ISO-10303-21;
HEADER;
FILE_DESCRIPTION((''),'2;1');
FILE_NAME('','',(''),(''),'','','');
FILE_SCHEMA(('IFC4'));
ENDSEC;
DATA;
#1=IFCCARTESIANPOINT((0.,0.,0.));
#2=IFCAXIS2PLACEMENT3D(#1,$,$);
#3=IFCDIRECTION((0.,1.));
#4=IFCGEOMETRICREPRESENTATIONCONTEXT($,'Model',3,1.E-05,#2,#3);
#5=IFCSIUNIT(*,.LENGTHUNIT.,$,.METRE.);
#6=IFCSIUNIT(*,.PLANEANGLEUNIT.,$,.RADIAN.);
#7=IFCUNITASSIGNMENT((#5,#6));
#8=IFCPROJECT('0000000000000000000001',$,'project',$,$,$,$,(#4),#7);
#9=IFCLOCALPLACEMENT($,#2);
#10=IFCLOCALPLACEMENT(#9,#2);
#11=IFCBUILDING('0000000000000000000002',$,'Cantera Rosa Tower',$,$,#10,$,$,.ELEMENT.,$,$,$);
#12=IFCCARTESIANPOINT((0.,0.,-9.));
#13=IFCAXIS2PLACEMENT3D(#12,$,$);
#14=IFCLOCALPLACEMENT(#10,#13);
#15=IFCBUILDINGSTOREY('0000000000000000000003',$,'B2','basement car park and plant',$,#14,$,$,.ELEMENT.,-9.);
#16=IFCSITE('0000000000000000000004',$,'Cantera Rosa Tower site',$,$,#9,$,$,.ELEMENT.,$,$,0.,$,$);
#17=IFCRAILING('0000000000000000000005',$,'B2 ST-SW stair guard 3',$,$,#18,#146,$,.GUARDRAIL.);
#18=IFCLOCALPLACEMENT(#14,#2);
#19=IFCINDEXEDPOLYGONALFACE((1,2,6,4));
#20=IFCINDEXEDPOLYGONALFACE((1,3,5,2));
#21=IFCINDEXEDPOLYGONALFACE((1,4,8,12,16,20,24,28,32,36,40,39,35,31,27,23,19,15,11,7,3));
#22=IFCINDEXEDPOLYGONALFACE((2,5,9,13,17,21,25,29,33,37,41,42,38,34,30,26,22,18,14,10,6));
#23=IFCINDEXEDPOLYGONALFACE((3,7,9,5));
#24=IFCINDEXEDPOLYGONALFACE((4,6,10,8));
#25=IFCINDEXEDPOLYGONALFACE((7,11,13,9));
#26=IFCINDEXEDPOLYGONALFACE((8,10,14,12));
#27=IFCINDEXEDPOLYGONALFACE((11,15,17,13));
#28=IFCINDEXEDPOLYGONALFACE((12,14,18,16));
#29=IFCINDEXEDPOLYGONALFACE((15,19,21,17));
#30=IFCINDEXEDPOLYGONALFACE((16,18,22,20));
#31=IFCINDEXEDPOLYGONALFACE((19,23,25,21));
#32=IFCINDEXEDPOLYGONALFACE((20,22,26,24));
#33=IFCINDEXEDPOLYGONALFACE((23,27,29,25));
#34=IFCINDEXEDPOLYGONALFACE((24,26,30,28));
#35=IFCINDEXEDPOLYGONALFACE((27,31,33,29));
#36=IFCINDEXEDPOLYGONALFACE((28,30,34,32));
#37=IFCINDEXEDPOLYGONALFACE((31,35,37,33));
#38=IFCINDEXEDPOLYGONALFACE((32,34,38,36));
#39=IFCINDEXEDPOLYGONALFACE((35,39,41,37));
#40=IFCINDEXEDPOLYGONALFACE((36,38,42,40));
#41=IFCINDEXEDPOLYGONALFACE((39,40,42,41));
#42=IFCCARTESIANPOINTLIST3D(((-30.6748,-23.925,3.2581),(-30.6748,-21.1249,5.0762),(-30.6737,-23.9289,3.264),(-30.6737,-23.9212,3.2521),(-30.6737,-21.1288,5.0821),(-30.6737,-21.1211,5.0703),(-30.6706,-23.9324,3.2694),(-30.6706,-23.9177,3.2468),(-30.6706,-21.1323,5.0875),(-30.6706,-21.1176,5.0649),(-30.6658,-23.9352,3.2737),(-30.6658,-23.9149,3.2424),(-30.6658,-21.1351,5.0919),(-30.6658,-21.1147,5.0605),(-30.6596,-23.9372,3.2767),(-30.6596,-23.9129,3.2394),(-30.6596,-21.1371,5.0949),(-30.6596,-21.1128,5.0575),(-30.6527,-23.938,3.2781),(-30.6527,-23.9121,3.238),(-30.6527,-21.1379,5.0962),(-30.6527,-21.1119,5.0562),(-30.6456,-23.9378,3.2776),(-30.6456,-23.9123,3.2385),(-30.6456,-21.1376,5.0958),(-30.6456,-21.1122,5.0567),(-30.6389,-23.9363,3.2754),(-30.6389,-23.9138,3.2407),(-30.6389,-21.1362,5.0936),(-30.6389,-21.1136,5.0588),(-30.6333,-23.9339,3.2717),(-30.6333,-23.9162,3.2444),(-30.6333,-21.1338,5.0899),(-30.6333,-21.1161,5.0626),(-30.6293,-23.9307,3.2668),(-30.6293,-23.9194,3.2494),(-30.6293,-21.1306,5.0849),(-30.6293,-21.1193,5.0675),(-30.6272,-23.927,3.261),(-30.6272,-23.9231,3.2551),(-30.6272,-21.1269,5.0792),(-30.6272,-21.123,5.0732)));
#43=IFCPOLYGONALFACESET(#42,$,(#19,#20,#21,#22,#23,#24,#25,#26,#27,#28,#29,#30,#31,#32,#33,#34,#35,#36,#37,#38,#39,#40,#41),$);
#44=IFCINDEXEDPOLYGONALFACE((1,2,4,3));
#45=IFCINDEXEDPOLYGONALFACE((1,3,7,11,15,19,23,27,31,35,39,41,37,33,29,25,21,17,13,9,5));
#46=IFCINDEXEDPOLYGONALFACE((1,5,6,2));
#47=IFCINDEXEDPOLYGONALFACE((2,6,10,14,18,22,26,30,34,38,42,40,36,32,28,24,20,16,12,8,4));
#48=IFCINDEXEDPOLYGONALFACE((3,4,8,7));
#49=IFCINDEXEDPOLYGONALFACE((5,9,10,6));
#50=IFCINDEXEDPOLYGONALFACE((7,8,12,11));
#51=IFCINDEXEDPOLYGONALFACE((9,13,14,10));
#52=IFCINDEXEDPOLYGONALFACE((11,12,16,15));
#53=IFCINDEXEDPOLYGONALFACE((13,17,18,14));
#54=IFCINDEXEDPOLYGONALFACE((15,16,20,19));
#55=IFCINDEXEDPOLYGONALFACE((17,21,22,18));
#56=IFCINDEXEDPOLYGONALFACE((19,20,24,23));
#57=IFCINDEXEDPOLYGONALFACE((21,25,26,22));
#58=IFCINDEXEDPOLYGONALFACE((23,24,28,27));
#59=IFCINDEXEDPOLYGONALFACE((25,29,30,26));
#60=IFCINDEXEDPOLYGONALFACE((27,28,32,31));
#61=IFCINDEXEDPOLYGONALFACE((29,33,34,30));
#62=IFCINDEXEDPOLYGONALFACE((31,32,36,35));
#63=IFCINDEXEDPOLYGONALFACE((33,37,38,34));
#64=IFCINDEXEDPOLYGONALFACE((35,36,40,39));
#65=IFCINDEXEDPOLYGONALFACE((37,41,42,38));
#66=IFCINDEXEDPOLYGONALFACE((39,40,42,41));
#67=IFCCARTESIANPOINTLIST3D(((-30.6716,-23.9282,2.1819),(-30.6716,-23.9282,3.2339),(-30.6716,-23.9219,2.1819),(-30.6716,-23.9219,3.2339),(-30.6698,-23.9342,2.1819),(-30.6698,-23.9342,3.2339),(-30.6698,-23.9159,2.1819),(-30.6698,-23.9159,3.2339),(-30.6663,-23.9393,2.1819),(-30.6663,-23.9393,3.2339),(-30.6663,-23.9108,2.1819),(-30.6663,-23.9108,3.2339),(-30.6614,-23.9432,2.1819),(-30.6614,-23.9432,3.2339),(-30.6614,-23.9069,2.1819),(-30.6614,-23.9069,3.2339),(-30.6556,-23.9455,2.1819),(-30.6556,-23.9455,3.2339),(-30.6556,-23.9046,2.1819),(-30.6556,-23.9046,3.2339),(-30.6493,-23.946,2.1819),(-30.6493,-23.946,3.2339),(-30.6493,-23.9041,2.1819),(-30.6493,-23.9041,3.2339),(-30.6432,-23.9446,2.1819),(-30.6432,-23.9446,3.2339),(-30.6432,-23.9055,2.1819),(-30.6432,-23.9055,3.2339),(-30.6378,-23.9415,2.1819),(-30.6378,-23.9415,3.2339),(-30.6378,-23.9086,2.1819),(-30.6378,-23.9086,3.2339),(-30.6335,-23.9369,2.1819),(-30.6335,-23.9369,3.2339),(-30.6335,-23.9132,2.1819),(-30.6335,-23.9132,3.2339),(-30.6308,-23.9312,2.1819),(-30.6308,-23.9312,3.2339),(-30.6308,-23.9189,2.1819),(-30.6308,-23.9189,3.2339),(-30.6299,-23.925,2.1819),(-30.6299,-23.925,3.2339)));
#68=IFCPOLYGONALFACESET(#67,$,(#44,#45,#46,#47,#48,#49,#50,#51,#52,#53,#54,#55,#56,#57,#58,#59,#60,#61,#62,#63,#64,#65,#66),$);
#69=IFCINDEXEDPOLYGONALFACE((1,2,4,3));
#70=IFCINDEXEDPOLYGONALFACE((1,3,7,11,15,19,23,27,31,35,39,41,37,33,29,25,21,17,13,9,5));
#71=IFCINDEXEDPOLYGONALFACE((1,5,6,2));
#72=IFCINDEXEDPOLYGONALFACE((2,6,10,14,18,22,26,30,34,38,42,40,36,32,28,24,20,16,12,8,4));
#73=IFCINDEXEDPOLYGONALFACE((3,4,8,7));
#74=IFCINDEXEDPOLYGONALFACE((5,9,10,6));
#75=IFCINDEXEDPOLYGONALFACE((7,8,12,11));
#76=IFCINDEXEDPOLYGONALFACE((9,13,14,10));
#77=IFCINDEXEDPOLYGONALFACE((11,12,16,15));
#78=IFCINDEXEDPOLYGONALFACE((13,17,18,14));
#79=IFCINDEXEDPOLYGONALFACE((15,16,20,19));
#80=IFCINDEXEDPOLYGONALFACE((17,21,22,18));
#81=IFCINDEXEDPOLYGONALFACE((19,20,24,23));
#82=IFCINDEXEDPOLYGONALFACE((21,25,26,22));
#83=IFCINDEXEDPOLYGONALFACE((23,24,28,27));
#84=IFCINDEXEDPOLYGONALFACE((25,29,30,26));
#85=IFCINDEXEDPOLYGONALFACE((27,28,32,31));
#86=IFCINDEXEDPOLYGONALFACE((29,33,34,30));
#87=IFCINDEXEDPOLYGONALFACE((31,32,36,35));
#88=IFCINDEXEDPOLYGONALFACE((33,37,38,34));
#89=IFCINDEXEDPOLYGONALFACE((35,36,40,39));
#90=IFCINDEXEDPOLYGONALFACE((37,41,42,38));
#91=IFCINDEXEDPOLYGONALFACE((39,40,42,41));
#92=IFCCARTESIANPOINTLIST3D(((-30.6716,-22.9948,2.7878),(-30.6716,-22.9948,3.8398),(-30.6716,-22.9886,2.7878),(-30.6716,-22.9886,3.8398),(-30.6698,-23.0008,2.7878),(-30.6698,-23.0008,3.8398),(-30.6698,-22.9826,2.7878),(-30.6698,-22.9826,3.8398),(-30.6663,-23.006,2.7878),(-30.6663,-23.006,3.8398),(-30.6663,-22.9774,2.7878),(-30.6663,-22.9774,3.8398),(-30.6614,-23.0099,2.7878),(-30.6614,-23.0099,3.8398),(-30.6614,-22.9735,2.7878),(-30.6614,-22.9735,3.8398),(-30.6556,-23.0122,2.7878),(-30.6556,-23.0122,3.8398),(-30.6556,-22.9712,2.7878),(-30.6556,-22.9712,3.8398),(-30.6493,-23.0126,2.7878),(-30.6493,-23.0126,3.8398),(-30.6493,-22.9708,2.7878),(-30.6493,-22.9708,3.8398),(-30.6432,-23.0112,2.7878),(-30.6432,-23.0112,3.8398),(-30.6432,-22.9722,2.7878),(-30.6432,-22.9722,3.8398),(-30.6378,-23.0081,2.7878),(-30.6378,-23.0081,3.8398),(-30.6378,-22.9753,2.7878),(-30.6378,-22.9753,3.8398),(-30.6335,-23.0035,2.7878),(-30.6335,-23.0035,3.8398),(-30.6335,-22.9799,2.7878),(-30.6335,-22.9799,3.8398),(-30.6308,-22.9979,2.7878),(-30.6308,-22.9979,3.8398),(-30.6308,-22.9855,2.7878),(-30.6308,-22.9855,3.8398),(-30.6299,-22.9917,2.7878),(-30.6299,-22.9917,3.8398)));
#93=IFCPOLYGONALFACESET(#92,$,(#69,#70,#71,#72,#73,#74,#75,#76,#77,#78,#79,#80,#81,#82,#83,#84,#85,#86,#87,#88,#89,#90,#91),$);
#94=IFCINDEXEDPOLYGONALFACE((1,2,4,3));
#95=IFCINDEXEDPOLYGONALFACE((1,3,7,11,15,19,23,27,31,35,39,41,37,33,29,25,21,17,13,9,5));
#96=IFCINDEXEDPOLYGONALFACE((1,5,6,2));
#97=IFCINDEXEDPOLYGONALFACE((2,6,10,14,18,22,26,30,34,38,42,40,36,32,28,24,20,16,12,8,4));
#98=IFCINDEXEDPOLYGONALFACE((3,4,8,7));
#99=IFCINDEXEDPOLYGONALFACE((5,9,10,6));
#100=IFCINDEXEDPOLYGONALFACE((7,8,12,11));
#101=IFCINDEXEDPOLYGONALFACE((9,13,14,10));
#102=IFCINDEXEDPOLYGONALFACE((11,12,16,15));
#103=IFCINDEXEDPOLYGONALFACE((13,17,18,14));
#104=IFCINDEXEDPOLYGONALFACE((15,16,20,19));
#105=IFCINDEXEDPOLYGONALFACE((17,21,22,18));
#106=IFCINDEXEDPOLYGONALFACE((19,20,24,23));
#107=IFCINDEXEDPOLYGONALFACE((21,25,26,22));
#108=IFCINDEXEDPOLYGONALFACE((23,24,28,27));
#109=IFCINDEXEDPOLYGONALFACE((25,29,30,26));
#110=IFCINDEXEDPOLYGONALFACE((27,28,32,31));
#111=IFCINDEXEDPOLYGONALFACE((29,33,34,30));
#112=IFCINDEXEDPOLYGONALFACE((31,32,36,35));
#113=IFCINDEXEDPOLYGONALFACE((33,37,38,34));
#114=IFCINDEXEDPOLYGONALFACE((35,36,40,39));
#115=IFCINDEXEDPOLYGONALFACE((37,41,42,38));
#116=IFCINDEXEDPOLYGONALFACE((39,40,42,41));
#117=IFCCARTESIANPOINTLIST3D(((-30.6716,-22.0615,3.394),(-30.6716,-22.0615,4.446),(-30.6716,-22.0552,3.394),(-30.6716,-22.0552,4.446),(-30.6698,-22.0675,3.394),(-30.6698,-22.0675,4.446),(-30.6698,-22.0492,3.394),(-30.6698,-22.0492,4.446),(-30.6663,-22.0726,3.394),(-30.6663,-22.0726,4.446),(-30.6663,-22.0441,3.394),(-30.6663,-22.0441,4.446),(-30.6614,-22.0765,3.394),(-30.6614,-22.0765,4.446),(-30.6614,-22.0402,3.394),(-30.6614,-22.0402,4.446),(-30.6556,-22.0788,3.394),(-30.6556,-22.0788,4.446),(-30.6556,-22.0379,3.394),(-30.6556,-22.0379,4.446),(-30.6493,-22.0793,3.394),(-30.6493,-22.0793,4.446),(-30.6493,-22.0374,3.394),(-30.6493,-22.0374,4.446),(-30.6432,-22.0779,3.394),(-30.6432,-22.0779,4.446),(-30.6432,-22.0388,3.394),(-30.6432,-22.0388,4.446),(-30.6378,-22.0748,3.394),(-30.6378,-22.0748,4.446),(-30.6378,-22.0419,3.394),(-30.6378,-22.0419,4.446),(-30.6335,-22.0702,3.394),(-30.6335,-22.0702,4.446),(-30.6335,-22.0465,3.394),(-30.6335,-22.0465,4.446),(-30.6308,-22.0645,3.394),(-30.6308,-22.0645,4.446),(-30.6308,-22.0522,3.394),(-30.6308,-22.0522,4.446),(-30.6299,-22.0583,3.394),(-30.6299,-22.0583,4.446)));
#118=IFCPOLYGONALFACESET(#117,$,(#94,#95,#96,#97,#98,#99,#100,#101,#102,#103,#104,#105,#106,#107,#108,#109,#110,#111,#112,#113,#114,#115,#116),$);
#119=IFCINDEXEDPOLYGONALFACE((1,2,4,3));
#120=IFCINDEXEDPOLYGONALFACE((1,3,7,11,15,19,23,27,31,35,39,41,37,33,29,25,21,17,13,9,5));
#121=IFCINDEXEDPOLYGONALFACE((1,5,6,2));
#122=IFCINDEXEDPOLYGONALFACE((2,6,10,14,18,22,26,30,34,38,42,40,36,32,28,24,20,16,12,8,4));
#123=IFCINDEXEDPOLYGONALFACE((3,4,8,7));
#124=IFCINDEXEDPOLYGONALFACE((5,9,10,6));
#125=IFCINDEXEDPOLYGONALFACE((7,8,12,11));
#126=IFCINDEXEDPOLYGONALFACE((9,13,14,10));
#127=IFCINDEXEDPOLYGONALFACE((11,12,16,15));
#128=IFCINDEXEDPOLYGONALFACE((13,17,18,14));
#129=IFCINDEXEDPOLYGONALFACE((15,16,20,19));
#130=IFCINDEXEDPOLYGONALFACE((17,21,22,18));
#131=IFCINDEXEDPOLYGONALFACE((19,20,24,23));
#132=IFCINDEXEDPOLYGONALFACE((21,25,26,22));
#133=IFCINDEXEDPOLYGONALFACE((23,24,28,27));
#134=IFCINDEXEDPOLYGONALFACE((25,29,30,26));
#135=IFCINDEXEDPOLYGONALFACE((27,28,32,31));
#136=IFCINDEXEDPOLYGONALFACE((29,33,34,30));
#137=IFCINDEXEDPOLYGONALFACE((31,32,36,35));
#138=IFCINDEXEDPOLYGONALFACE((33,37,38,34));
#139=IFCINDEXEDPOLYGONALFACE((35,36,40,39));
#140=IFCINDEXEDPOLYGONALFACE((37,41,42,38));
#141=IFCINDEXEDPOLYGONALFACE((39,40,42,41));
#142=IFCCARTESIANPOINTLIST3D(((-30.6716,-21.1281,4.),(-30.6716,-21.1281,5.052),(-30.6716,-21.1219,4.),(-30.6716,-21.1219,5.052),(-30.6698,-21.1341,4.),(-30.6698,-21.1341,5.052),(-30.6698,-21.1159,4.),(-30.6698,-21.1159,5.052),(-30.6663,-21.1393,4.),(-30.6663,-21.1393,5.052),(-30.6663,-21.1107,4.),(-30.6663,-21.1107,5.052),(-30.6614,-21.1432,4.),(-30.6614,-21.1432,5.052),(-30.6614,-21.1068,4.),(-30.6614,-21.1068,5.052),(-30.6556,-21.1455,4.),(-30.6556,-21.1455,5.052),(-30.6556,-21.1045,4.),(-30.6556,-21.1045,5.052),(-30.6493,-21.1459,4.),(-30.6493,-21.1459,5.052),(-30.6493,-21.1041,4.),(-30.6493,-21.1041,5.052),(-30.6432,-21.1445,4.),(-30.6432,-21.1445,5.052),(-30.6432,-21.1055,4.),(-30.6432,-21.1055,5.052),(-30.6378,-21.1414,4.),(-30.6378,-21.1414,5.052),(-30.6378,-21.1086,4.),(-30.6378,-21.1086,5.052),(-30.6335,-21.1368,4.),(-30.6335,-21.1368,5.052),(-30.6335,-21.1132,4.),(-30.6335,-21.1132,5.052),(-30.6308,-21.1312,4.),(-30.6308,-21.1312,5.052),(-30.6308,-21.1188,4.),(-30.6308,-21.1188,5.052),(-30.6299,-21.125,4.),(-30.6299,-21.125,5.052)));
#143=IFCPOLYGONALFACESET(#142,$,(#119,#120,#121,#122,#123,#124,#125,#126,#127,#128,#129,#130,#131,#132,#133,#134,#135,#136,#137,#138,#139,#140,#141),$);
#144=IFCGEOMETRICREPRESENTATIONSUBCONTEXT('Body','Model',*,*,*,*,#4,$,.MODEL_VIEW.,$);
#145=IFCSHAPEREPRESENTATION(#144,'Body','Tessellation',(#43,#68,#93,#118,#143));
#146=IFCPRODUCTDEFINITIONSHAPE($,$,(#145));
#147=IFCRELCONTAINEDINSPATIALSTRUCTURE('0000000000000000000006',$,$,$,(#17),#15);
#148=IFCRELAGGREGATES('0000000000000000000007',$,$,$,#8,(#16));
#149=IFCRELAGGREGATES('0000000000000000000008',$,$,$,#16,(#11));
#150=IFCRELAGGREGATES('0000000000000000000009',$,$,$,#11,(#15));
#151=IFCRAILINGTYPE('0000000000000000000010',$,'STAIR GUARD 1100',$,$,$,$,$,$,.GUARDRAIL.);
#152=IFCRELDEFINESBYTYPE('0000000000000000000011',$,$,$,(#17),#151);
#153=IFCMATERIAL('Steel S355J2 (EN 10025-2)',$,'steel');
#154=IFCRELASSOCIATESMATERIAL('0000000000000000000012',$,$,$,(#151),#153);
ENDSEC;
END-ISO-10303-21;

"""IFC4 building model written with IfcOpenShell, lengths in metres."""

from ifc_helpers import new_model, si_unit, direction, frame, origin, origin_2d, place, context, subcontext, project, spatial, circle, extrude, material, type_object, element, save


model = new_model("IFC4")

# Units and contexts
model_context = context("Model", 3, precision=1e-05, world=origin(), true_north=direction((0.0, 1.0)))
body_context = subcontext(model_context, "Body", "Model", "MODEL_VIEW")
ifc_project = project(units=[si_unit("LENGTHUNIT", "METRE"), si_unit("PLANEANGLEUNIT", "RADIAN")], contexts=[model_context])

# Site, building, storey
site_placement = place(None, origin())
site = spatial("IfcSite", under=ifc_project, at=site_placement, Name="Cantera Rosa Tower site", CompositionType="ELEMENT", RefElevation=0.0)
building_placement = place(site_placement, origin())
building = spatial("IfcBuilding", under=site, at=building_placement, Name="Cantera Rosa Tower", CompositionType="ELEMENT")
storey_placement = place(building_placement, frame((0.0, 0.0, -9.0)))
storey = spatial("IfcBuildingStorey", under=building, at=storey_placement, Name="B2", Description="basement car park and plant", CompositionType="ELEMENT", Elevation=-9.0)

# Railing
ifc_material_1 = material(Name="Steel S355J2 (EN 10025-2)", Category="steel")
railing_type_1 = type_object("IfcRailingType", Name="STAIR GUARD 1100", PredefinedType="GUARDRAIL", material=ifc_material_1)
railing_1_placement = place(storey_placement, frame((-30.6509, -23.925, 2.1819)))
element("IfcRailing", 1, at=railing_1_placement, inside=storey, type_object=railing_type_1, Name="B2 ST-SW stair guard 3", PredefinedType="GUARDRAIL", context=body_context, shape_type="SweptSolid", body=[
    extrude(circle(Radius=0.0239, at=origin_2d()), frame((0.0, 0.0, 1.0762), z_axis=(0.0, 0.838706, 0.544585), x_axis=(-1.0, 0.0, 0.0)), (0.0, 0.0, 1.0), 3.3386),
    extrude(circle(Radius=0.021, at=origin_2d()), origin(), (0.0, 0.0, 1.0), 1.052),
    extrude(circle(Radius=0.021, at=origin_2d()), frame((0.0, 0.9333, 0.606)), (0.0, 0.0, 1.0), 1.052),
    extrude(circle(Radius=0.021, at=origin_2d()), frame((0.0, 1.8667, 1.2122)), (0.0, 0.0, 1.0), 1.052),
    extrude(circle(Radius=0.021, at=origin_2d()), frame((0.0, 2.8, 1.8181)), (0.0, 0.0, 1.0), 1.052),
])

save(model, "model.ifc")
